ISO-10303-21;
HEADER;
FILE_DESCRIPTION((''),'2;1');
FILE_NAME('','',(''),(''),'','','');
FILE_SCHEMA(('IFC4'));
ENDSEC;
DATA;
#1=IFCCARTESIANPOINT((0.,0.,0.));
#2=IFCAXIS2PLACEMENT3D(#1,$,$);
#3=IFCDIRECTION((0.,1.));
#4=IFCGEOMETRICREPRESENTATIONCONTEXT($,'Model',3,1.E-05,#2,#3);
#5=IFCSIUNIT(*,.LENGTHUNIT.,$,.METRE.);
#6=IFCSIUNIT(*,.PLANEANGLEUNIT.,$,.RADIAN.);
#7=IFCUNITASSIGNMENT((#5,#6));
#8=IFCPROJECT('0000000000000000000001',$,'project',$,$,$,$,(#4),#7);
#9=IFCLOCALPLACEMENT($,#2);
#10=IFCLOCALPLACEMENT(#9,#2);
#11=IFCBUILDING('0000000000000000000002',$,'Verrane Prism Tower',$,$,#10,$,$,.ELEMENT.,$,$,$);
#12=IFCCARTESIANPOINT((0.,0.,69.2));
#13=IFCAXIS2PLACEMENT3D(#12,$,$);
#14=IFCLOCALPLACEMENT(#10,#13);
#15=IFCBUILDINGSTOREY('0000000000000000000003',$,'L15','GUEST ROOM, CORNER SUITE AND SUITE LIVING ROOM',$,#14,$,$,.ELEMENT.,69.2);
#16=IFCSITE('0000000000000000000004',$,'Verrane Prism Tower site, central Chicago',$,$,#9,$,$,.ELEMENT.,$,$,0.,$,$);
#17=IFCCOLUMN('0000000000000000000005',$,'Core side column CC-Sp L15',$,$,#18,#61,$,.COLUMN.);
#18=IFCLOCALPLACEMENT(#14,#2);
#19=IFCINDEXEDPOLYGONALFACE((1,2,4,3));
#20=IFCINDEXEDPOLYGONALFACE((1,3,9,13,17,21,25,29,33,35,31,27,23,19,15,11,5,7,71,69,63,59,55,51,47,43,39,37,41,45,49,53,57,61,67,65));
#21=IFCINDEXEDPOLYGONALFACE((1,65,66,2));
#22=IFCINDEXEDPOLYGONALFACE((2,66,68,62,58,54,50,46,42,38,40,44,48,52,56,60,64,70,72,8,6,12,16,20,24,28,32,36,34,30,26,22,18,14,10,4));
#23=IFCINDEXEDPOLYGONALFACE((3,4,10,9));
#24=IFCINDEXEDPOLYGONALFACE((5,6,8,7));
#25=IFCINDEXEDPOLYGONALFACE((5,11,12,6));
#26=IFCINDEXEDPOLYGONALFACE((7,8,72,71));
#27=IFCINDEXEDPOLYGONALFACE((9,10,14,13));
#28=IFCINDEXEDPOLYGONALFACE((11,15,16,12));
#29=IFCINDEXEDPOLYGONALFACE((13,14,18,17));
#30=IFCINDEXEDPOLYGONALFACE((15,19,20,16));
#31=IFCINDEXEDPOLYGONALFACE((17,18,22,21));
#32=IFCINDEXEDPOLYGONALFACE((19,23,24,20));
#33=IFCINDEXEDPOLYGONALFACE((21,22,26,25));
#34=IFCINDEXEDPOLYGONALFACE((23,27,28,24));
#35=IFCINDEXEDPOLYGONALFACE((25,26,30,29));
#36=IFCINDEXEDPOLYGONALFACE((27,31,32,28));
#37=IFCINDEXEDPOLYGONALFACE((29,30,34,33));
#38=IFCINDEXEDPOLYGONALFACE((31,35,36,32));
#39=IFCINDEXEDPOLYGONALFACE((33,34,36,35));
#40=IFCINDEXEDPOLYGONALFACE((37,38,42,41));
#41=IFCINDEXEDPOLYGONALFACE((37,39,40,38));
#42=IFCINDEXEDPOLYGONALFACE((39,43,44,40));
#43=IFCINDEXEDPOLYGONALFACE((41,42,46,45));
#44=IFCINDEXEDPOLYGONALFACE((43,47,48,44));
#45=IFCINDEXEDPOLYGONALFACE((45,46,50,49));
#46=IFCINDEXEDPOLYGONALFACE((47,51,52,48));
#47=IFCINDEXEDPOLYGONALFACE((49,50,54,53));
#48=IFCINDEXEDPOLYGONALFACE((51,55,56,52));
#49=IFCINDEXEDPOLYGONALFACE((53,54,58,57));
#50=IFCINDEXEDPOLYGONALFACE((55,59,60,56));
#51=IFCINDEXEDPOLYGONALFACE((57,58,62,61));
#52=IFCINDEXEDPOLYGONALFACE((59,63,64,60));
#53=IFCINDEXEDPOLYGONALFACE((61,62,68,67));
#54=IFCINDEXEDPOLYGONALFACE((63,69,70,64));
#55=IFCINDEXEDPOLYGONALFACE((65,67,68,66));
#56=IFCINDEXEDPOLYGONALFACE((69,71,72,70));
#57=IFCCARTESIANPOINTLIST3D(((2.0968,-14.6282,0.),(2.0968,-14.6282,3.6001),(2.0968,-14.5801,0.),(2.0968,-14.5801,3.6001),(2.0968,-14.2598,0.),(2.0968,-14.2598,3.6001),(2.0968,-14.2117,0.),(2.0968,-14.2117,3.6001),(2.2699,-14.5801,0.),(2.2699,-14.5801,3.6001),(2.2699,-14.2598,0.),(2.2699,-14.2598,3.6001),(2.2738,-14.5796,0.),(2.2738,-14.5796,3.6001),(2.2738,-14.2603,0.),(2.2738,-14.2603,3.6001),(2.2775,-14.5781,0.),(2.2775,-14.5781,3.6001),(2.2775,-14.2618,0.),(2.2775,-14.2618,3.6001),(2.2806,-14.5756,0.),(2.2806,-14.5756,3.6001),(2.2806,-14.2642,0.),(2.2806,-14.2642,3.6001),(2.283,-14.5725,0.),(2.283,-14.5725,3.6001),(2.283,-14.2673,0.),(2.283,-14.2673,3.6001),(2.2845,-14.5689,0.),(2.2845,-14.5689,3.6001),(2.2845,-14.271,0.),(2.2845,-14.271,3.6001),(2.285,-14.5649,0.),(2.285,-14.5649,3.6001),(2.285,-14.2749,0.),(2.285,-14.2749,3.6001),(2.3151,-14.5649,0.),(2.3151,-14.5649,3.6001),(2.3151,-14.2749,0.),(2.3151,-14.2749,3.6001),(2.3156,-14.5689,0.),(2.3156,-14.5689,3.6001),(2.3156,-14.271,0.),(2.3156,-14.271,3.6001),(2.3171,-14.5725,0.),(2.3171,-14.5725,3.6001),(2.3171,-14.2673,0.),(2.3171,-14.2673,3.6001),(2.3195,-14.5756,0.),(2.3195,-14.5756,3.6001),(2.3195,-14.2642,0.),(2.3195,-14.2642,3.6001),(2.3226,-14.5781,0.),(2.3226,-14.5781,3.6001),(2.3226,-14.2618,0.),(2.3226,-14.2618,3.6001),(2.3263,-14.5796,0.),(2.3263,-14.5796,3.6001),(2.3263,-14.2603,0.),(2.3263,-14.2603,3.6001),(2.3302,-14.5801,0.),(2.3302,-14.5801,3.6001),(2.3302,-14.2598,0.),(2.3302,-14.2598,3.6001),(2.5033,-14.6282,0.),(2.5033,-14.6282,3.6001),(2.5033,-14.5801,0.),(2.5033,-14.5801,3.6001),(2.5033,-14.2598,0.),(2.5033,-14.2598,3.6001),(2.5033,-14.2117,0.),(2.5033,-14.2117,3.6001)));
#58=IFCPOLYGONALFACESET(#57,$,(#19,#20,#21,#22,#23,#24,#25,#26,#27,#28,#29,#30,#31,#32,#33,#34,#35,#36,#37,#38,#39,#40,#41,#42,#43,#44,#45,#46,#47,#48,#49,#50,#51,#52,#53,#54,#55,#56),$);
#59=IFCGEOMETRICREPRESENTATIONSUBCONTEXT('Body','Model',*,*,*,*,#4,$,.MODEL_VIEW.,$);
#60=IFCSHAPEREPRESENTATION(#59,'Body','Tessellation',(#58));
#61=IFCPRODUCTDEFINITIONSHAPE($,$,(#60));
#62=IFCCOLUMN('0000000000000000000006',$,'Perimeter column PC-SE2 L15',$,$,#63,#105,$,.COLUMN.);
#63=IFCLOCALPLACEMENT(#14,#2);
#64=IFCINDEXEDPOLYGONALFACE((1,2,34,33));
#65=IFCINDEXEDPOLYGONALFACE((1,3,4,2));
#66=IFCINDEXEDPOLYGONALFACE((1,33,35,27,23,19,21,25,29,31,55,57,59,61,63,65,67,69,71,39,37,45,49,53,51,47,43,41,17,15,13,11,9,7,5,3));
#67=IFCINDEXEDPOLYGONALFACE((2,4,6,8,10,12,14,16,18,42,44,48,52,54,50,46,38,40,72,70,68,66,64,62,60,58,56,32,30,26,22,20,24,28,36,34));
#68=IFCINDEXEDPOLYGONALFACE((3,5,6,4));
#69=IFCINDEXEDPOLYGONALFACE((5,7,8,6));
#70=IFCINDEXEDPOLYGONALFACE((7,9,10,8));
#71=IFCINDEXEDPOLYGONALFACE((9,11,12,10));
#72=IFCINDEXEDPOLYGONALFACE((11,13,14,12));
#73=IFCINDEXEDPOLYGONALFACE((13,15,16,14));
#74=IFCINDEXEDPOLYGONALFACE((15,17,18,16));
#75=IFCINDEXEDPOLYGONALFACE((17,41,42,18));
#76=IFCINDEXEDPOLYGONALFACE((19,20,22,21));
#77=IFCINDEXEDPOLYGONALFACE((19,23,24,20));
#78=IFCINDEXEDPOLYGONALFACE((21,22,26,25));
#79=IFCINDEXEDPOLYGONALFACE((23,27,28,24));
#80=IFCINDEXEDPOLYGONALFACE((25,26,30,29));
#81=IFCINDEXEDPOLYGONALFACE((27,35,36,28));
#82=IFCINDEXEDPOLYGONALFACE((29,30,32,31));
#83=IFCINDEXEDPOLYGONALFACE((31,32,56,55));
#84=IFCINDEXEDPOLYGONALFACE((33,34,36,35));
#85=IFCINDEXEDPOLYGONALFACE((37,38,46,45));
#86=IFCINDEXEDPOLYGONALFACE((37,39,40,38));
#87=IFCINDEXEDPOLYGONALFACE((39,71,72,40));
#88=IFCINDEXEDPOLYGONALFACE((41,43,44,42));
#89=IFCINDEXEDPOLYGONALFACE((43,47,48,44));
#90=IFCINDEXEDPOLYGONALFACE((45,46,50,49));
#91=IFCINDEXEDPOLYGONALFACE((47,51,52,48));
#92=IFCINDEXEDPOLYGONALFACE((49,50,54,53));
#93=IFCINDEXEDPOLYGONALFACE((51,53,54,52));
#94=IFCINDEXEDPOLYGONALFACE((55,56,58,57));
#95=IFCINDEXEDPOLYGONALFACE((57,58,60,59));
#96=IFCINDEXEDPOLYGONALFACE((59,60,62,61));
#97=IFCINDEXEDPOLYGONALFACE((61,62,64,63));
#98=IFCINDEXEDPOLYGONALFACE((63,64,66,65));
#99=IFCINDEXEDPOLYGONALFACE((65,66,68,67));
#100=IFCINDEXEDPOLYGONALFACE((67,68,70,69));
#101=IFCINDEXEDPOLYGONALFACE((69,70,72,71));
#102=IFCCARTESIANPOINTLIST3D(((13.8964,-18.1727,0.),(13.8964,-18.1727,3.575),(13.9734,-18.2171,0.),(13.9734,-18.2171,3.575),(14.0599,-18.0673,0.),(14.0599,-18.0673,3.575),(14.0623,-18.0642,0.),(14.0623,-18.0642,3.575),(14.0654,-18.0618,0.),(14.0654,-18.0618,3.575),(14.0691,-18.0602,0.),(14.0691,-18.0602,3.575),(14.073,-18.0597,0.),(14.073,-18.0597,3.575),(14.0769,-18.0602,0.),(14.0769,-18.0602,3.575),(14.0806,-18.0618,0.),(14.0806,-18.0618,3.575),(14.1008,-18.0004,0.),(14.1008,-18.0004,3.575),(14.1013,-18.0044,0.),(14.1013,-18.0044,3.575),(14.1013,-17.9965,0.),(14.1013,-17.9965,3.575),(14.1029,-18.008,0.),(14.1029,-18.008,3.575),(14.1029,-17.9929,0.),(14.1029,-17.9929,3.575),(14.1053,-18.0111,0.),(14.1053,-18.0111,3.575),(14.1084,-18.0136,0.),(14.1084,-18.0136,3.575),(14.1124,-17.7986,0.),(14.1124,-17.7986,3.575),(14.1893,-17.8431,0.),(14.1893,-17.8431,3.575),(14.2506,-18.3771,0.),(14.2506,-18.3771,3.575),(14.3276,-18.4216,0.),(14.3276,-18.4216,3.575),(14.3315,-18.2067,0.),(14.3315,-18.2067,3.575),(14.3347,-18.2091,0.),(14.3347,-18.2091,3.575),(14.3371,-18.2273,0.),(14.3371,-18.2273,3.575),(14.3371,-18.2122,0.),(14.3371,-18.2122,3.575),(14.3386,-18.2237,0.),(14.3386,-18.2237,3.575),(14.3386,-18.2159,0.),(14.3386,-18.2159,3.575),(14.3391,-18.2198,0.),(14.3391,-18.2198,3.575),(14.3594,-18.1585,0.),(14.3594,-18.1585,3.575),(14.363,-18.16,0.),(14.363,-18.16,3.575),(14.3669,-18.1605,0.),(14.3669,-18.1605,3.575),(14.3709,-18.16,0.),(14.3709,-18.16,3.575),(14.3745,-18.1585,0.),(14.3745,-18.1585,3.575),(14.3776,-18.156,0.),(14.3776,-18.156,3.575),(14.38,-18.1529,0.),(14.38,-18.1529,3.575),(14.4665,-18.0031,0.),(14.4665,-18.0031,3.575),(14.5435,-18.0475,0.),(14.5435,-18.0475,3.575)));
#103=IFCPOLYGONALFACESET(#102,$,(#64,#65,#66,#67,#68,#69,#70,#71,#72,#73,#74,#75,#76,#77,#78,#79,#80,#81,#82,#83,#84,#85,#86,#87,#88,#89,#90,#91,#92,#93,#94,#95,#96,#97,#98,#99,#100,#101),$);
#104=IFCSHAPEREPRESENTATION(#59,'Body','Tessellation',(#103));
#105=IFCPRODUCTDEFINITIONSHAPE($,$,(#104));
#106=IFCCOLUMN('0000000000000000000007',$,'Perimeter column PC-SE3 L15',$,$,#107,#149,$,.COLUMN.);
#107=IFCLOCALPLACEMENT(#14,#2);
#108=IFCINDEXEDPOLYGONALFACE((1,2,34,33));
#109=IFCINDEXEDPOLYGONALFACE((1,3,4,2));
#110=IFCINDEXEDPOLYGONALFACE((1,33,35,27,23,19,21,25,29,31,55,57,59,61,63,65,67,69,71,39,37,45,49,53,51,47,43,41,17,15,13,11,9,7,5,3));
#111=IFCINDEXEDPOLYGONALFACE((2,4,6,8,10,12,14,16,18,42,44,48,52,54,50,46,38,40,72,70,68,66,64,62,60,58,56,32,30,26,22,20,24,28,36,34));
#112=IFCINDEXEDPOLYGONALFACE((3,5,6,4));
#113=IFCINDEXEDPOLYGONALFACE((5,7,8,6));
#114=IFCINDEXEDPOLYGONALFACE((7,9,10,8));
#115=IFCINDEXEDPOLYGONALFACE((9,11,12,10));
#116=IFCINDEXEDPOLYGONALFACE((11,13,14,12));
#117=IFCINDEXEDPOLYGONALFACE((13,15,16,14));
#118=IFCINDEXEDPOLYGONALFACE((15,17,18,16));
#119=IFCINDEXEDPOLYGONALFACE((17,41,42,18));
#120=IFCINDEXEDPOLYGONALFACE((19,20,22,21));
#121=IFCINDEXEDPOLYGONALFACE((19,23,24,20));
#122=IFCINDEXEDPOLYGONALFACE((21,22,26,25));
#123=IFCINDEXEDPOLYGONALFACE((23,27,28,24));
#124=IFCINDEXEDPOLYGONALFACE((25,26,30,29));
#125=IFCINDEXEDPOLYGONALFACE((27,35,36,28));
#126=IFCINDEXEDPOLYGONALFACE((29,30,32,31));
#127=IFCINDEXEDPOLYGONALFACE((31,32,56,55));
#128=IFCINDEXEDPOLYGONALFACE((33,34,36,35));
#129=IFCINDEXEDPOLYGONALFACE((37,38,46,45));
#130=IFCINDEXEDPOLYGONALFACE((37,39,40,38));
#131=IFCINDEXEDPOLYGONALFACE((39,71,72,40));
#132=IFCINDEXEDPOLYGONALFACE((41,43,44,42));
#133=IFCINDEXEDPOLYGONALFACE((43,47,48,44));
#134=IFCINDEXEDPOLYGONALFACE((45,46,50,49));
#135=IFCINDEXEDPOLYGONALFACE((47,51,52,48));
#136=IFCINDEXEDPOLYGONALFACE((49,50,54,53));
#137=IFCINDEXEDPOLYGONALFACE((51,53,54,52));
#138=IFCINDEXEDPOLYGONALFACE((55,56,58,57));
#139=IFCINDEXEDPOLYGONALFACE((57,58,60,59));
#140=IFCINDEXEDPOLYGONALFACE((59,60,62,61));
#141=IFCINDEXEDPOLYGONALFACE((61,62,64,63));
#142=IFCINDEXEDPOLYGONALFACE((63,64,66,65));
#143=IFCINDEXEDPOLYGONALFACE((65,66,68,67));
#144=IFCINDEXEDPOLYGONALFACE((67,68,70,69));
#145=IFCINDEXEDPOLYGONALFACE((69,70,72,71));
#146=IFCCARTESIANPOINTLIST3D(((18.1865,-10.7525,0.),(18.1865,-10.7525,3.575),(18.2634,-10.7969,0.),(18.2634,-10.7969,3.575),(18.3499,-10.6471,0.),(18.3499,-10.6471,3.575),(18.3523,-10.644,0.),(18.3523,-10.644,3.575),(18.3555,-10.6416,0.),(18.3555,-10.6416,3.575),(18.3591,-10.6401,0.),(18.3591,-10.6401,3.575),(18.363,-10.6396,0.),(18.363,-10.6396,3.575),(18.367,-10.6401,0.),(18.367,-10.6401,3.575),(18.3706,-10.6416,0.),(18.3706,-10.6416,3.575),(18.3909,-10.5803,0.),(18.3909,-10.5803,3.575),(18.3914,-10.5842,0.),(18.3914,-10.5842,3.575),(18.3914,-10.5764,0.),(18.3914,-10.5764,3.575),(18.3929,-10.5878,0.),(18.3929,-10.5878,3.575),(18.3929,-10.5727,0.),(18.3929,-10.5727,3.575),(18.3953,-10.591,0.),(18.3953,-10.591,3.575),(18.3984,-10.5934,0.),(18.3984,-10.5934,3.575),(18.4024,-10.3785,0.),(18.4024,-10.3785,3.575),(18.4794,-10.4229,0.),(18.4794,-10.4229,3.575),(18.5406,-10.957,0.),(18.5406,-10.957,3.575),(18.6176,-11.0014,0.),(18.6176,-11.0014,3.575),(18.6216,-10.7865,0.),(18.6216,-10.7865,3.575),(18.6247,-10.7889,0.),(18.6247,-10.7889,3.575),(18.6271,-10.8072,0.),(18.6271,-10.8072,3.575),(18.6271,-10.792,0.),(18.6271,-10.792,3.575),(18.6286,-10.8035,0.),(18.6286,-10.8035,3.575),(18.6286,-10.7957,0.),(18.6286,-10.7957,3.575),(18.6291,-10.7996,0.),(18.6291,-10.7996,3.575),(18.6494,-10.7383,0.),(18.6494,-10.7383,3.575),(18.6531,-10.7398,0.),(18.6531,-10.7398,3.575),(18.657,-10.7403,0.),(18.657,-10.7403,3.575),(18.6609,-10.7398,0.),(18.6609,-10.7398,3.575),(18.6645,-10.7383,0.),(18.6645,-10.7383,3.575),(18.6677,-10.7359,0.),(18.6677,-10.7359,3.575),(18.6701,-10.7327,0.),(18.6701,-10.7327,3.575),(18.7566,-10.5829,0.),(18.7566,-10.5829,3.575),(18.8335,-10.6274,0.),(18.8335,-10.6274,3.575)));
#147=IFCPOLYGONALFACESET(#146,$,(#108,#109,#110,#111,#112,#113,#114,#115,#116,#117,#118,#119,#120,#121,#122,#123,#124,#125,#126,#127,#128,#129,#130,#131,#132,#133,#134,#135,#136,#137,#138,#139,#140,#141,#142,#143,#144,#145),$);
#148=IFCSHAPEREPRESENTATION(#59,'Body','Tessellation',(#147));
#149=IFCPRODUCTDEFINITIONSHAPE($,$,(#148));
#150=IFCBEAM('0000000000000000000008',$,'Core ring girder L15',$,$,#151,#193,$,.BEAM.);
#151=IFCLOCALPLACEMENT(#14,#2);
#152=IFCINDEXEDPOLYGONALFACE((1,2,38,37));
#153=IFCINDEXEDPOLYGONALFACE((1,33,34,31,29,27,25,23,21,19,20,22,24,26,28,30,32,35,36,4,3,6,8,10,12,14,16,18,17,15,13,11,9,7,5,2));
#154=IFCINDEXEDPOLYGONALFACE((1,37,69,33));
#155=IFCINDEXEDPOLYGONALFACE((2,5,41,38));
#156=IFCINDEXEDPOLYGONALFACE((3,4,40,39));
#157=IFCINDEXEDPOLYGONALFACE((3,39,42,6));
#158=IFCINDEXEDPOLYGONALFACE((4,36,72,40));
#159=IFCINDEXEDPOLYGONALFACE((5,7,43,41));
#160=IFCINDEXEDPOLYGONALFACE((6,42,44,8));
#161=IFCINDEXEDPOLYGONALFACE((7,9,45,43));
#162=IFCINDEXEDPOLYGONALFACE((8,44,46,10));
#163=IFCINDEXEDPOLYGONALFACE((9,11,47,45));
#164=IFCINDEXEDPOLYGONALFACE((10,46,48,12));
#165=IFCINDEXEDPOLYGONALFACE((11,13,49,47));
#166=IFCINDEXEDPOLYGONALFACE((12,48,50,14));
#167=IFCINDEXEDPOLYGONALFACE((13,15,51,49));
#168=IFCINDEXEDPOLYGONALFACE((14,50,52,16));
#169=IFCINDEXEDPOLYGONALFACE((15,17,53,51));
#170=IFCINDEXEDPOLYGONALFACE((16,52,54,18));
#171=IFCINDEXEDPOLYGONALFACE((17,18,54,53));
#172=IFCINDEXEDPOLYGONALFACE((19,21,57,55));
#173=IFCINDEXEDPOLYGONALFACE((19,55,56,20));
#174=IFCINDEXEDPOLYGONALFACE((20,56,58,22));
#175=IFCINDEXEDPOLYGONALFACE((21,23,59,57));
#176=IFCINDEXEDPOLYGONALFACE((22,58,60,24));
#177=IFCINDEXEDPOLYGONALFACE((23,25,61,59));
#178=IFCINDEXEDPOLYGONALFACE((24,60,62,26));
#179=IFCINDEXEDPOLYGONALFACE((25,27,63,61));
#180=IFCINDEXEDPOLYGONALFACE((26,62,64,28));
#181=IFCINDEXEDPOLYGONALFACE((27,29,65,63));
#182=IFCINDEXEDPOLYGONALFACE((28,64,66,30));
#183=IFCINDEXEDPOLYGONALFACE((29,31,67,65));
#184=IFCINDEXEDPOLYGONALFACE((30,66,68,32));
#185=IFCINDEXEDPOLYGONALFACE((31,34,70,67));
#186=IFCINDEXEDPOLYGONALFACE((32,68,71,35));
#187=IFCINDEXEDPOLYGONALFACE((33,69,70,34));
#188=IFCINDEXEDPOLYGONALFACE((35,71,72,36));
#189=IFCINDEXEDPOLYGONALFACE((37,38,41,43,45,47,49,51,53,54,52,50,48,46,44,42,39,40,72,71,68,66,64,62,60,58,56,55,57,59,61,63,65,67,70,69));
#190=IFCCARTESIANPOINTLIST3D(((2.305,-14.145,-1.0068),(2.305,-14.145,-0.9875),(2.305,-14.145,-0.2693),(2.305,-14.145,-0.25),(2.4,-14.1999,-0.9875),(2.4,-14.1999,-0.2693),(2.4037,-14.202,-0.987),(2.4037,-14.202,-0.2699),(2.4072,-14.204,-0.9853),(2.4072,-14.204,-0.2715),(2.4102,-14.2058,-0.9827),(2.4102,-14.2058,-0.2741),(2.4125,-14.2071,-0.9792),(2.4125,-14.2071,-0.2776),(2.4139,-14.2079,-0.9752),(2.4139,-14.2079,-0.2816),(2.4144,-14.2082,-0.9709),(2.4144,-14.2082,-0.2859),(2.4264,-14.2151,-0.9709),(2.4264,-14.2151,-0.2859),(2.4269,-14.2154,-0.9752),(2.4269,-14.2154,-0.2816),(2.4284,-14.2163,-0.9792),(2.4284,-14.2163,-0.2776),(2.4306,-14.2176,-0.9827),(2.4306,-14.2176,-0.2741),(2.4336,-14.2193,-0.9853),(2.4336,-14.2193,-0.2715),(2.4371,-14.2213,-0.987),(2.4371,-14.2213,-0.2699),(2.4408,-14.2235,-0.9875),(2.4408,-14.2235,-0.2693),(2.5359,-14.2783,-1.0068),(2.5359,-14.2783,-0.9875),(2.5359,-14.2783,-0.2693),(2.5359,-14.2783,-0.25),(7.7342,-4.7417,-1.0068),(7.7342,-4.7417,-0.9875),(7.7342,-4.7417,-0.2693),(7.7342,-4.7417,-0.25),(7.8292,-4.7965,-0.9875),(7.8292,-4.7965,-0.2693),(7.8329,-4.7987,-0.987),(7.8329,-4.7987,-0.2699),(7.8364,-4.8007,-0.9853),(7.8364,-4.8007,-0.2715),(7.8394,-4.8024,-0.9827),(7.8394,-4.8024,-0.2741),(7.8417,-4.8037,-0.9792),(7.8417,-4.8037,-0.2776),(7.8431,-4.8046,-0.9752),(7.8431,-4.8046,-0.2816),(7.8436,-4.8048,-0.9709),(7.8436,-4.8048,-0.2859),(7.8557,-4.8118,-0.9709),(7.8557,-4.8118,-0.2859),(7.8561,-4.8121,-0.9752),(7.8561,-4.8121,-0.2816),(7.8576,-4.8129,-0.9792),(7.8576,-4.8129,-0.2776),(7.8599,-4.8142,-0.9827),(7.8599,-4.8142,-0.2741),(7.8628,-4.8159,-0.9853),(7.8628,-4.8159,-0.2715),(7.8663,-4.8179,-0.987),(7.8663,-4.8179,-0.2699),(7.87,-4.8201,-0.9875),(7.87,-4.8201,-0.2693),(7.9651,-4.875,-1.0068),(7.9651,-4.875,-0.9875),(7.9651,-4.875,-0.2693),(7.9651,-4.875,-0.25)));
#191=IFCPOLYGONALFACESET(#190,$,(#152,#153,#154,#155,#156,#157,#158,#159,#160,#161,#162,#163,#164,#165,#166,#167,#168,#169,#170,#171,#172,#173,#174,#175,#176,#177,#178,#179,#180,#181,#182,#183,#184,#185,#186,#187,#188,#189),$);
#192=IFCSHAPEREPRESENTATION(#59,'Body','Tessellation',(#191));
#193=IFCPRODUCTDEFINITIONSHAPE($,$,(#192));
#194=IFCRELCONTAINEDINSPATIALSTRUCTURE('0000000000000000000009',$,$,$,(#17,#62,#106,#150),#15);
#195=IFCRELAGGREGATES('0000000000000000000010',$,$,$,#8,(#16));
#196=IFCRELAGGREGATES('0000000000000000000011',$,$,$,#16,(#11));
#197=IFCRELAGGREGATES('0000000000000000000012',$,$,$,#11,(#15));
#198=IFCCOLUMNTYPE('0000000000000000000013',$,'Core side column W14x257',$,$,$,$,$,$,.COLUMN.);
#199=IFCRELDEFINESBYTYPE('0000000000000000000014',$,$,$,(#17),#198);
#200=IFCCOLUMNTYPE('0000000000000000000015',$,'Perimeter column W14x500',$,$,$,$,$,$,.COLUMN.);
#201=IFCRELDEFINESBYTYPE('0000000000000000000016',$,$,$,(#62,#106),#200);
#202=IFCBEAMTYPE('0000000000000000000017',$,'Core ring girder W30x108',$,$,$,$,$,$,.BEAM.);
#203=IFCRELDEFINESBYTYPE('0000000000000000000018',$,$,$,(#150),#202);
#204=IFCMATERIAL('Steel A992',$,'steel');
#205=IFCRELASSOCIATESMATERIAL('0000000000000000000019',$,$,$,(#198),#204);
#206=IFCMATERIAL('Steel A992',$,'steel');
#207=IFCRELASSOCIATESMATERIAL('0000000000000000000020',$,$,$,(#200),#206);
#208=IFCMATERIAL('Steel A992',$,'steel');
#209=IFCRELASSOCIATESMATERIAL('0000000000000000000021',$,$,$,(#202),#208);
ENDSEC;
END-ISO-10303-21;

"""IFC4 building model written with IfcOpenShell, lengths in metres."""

from ifc_helpers import new_model, si_unit, direction, frame, origin, origin_2d, place, context, subcontext, project, spatial, i_section, extrude, material, material_profile, profile_set, type_object, element, save


model = new_model("IFC4")

# Units and contexts
model_context = context("Model", 3, precision=1e-05, world=origin(), true_north=direction((0.0, 1.0)))
body_context = subcontext(model_context, "Body", "Model", "MODEL_VIEW")
ifc_project = project(units=[si_unit("LENGTHUNIT", "METRE"), si_unit("PLANEANGLEUNIT", "RADIAN")], contexts=[model_context])

# Site, building, storey
site_placement = place(None, origin())
site = spatial("IfcSite", under=ifc_project, at=site_placement, Name="Verrane Prism Tower site, central Chicago", CompositionType="ELEMENT", RefElevation=0.0)
building_placement = place(site_placement, origin())
building = spatial("IfcBuilding", under=site, at=building_placement, Name="Verrane Prism Tower", CompositionType="ELEMENT")
storey_placement = place(building_placement, frame((0.0, 0.0, 69.2)))
storey = spatial("IfcBuildingStorey", under=building, at=storey_placement, Name="L15", Description="GUEST ROOM, CORNER SUITE AND SUITE LIVING ROOM", CompositionType="ELEMENT", Elevation=69.2)

# Columns
ifc_material_1 = material(Name="Steel A992", Category="steel")
ifc_material_profile_1 = material_profile(ifc_material_1, i_section(OverallWidth=0.4065, OverallDepth=0.4165, WebThickness=0.03, FlangeThickness=0.0481, FilletRadius=0.0151, at=origin_2d()), Name="W14x257")
ifc_profile_set_1 = profile_set([ifc_material_profile_1], Name="Steel A992")
column_type_1 = type_object("IfcColumnType", Name="Core side column W14x257", PredefinedType="COLUMN", material=ifc_profile_set_1)
column_placement = place(storey_placement, frame((2.3, -14.4199, 0.0), z_axis=(0.0, 0.0, 1.0), x_axis=(1.0, 0.0, 0.0)))
element("IfcColumn", 1, at=column_placement, inside=storey, type_object=column_type_1, Name="Core side column CC-Sp L15", PredefinedType="COLUMN", context=body_context, shape_type="SweptSolid", body=[
    extrude(i_section(OverallWidth=0.4065, OverallDepth=0.4165, WebThickness=0.03, FlangeThickness=0.0481, FilletRadius=0.0151, at=origin_2d()), origin(), (0.0, 0.0, 1.0), 3.6001),
])
ifc_material_2 = material(Name="Steel A992", Category="steel")
ifc_material_profile_2 = material_profile(ifc_material_2, i_section(OverallWidth=0.4319, OverallDepth=0.4978, WebThickness=0.0557, FlangeThickness=0.0889, FilletRadius=0.0151, at=origin_2d()), Name="W14x500")
ifc_profile_set_2 = profile_set([ifc_material_profile_2], Name="Steel A992")
column_type_2 = type_object("IfcColumnType", Name="Perimeter column W14x500", PredefinedType="COLUMN", material=ifc_profile_set_2)
for number, where, z_axis, x_axis, name in (
    (2, (14.22, -18.1101, 0.0), (0.0, 0.0, 1.0), (-0.5, -0.866025, 0.0), "Perimeter column PC-SE2 L15"),
    (3, (18.51, -10.6899, 0.0), (0.0, 0.0, 1.0), (-0.5, -0.866025, 0.0), "Perimeter column PC-SE3 L15"),
):
    element("IfcColumn", number, at=place(storey_placement, frame(where, z_axis=z_axis, x_axis=x_axis)), inside=storey, type_object=column_type_2, Name=name, PredefinedType="COLUMN", context=body_context, shape_type="SweptSolid", body=[
        extrude(i_section(OverallWidth=0.4319, OverallDepth=0.4978, WebThickness=0.0557, FlangeThickness=0.0889, FilletRadius=0.0151, at=origin_2d()), origin(), (0.0, 0.0, 1.0), 3.575),
    ])

# Beam
ifc_material_3 = material(Name="Steel A992", Category="steel")
ifc_material_profile_3 = material_profile(ifc_material_3, i_section(OverallWidth=0.2666, OverallDepth=0.7568, WebThickness=0.0139, FlangeThickness=0.0193, FilletRadius=0.0166, at=origin_2d()), Name="W30x108")
ifc_profile_set_3 = profile_set([ifc_material_profile_3], Name="Steel A992")
beam_type_1 = type_object("IfcBeamType", Name="Core ring girder W30x108", PredefinedType="BEAM", material=ifc_profile_set_3)
beam_1_placement = place(storey_placement, frame((2.4204, -14.2117, -0.6284), z_axis=(0.500013, 0.866018, 0.0), x_axis=(-0.866018, 0.500013, 0.0)))
element("IfcBeam", 4, at=beam_1_placement, inside=storey, type_object=beam_type_1, Name="Core ring girder L15", PredefinedType="BEAM", context=body_context, shape_type="SweptSolid", body=[
    extrude(i_section(OverallWidth=0.2666, OverallDepth=0.7568, WebThickness=0.0139, FlangeThickness=0.0193, FilletRadius=0.0166, at=origin_2d()), origin(), (0.0, 0.0, 1.0), 10.8582),
])

save(model, "model.ifc")
